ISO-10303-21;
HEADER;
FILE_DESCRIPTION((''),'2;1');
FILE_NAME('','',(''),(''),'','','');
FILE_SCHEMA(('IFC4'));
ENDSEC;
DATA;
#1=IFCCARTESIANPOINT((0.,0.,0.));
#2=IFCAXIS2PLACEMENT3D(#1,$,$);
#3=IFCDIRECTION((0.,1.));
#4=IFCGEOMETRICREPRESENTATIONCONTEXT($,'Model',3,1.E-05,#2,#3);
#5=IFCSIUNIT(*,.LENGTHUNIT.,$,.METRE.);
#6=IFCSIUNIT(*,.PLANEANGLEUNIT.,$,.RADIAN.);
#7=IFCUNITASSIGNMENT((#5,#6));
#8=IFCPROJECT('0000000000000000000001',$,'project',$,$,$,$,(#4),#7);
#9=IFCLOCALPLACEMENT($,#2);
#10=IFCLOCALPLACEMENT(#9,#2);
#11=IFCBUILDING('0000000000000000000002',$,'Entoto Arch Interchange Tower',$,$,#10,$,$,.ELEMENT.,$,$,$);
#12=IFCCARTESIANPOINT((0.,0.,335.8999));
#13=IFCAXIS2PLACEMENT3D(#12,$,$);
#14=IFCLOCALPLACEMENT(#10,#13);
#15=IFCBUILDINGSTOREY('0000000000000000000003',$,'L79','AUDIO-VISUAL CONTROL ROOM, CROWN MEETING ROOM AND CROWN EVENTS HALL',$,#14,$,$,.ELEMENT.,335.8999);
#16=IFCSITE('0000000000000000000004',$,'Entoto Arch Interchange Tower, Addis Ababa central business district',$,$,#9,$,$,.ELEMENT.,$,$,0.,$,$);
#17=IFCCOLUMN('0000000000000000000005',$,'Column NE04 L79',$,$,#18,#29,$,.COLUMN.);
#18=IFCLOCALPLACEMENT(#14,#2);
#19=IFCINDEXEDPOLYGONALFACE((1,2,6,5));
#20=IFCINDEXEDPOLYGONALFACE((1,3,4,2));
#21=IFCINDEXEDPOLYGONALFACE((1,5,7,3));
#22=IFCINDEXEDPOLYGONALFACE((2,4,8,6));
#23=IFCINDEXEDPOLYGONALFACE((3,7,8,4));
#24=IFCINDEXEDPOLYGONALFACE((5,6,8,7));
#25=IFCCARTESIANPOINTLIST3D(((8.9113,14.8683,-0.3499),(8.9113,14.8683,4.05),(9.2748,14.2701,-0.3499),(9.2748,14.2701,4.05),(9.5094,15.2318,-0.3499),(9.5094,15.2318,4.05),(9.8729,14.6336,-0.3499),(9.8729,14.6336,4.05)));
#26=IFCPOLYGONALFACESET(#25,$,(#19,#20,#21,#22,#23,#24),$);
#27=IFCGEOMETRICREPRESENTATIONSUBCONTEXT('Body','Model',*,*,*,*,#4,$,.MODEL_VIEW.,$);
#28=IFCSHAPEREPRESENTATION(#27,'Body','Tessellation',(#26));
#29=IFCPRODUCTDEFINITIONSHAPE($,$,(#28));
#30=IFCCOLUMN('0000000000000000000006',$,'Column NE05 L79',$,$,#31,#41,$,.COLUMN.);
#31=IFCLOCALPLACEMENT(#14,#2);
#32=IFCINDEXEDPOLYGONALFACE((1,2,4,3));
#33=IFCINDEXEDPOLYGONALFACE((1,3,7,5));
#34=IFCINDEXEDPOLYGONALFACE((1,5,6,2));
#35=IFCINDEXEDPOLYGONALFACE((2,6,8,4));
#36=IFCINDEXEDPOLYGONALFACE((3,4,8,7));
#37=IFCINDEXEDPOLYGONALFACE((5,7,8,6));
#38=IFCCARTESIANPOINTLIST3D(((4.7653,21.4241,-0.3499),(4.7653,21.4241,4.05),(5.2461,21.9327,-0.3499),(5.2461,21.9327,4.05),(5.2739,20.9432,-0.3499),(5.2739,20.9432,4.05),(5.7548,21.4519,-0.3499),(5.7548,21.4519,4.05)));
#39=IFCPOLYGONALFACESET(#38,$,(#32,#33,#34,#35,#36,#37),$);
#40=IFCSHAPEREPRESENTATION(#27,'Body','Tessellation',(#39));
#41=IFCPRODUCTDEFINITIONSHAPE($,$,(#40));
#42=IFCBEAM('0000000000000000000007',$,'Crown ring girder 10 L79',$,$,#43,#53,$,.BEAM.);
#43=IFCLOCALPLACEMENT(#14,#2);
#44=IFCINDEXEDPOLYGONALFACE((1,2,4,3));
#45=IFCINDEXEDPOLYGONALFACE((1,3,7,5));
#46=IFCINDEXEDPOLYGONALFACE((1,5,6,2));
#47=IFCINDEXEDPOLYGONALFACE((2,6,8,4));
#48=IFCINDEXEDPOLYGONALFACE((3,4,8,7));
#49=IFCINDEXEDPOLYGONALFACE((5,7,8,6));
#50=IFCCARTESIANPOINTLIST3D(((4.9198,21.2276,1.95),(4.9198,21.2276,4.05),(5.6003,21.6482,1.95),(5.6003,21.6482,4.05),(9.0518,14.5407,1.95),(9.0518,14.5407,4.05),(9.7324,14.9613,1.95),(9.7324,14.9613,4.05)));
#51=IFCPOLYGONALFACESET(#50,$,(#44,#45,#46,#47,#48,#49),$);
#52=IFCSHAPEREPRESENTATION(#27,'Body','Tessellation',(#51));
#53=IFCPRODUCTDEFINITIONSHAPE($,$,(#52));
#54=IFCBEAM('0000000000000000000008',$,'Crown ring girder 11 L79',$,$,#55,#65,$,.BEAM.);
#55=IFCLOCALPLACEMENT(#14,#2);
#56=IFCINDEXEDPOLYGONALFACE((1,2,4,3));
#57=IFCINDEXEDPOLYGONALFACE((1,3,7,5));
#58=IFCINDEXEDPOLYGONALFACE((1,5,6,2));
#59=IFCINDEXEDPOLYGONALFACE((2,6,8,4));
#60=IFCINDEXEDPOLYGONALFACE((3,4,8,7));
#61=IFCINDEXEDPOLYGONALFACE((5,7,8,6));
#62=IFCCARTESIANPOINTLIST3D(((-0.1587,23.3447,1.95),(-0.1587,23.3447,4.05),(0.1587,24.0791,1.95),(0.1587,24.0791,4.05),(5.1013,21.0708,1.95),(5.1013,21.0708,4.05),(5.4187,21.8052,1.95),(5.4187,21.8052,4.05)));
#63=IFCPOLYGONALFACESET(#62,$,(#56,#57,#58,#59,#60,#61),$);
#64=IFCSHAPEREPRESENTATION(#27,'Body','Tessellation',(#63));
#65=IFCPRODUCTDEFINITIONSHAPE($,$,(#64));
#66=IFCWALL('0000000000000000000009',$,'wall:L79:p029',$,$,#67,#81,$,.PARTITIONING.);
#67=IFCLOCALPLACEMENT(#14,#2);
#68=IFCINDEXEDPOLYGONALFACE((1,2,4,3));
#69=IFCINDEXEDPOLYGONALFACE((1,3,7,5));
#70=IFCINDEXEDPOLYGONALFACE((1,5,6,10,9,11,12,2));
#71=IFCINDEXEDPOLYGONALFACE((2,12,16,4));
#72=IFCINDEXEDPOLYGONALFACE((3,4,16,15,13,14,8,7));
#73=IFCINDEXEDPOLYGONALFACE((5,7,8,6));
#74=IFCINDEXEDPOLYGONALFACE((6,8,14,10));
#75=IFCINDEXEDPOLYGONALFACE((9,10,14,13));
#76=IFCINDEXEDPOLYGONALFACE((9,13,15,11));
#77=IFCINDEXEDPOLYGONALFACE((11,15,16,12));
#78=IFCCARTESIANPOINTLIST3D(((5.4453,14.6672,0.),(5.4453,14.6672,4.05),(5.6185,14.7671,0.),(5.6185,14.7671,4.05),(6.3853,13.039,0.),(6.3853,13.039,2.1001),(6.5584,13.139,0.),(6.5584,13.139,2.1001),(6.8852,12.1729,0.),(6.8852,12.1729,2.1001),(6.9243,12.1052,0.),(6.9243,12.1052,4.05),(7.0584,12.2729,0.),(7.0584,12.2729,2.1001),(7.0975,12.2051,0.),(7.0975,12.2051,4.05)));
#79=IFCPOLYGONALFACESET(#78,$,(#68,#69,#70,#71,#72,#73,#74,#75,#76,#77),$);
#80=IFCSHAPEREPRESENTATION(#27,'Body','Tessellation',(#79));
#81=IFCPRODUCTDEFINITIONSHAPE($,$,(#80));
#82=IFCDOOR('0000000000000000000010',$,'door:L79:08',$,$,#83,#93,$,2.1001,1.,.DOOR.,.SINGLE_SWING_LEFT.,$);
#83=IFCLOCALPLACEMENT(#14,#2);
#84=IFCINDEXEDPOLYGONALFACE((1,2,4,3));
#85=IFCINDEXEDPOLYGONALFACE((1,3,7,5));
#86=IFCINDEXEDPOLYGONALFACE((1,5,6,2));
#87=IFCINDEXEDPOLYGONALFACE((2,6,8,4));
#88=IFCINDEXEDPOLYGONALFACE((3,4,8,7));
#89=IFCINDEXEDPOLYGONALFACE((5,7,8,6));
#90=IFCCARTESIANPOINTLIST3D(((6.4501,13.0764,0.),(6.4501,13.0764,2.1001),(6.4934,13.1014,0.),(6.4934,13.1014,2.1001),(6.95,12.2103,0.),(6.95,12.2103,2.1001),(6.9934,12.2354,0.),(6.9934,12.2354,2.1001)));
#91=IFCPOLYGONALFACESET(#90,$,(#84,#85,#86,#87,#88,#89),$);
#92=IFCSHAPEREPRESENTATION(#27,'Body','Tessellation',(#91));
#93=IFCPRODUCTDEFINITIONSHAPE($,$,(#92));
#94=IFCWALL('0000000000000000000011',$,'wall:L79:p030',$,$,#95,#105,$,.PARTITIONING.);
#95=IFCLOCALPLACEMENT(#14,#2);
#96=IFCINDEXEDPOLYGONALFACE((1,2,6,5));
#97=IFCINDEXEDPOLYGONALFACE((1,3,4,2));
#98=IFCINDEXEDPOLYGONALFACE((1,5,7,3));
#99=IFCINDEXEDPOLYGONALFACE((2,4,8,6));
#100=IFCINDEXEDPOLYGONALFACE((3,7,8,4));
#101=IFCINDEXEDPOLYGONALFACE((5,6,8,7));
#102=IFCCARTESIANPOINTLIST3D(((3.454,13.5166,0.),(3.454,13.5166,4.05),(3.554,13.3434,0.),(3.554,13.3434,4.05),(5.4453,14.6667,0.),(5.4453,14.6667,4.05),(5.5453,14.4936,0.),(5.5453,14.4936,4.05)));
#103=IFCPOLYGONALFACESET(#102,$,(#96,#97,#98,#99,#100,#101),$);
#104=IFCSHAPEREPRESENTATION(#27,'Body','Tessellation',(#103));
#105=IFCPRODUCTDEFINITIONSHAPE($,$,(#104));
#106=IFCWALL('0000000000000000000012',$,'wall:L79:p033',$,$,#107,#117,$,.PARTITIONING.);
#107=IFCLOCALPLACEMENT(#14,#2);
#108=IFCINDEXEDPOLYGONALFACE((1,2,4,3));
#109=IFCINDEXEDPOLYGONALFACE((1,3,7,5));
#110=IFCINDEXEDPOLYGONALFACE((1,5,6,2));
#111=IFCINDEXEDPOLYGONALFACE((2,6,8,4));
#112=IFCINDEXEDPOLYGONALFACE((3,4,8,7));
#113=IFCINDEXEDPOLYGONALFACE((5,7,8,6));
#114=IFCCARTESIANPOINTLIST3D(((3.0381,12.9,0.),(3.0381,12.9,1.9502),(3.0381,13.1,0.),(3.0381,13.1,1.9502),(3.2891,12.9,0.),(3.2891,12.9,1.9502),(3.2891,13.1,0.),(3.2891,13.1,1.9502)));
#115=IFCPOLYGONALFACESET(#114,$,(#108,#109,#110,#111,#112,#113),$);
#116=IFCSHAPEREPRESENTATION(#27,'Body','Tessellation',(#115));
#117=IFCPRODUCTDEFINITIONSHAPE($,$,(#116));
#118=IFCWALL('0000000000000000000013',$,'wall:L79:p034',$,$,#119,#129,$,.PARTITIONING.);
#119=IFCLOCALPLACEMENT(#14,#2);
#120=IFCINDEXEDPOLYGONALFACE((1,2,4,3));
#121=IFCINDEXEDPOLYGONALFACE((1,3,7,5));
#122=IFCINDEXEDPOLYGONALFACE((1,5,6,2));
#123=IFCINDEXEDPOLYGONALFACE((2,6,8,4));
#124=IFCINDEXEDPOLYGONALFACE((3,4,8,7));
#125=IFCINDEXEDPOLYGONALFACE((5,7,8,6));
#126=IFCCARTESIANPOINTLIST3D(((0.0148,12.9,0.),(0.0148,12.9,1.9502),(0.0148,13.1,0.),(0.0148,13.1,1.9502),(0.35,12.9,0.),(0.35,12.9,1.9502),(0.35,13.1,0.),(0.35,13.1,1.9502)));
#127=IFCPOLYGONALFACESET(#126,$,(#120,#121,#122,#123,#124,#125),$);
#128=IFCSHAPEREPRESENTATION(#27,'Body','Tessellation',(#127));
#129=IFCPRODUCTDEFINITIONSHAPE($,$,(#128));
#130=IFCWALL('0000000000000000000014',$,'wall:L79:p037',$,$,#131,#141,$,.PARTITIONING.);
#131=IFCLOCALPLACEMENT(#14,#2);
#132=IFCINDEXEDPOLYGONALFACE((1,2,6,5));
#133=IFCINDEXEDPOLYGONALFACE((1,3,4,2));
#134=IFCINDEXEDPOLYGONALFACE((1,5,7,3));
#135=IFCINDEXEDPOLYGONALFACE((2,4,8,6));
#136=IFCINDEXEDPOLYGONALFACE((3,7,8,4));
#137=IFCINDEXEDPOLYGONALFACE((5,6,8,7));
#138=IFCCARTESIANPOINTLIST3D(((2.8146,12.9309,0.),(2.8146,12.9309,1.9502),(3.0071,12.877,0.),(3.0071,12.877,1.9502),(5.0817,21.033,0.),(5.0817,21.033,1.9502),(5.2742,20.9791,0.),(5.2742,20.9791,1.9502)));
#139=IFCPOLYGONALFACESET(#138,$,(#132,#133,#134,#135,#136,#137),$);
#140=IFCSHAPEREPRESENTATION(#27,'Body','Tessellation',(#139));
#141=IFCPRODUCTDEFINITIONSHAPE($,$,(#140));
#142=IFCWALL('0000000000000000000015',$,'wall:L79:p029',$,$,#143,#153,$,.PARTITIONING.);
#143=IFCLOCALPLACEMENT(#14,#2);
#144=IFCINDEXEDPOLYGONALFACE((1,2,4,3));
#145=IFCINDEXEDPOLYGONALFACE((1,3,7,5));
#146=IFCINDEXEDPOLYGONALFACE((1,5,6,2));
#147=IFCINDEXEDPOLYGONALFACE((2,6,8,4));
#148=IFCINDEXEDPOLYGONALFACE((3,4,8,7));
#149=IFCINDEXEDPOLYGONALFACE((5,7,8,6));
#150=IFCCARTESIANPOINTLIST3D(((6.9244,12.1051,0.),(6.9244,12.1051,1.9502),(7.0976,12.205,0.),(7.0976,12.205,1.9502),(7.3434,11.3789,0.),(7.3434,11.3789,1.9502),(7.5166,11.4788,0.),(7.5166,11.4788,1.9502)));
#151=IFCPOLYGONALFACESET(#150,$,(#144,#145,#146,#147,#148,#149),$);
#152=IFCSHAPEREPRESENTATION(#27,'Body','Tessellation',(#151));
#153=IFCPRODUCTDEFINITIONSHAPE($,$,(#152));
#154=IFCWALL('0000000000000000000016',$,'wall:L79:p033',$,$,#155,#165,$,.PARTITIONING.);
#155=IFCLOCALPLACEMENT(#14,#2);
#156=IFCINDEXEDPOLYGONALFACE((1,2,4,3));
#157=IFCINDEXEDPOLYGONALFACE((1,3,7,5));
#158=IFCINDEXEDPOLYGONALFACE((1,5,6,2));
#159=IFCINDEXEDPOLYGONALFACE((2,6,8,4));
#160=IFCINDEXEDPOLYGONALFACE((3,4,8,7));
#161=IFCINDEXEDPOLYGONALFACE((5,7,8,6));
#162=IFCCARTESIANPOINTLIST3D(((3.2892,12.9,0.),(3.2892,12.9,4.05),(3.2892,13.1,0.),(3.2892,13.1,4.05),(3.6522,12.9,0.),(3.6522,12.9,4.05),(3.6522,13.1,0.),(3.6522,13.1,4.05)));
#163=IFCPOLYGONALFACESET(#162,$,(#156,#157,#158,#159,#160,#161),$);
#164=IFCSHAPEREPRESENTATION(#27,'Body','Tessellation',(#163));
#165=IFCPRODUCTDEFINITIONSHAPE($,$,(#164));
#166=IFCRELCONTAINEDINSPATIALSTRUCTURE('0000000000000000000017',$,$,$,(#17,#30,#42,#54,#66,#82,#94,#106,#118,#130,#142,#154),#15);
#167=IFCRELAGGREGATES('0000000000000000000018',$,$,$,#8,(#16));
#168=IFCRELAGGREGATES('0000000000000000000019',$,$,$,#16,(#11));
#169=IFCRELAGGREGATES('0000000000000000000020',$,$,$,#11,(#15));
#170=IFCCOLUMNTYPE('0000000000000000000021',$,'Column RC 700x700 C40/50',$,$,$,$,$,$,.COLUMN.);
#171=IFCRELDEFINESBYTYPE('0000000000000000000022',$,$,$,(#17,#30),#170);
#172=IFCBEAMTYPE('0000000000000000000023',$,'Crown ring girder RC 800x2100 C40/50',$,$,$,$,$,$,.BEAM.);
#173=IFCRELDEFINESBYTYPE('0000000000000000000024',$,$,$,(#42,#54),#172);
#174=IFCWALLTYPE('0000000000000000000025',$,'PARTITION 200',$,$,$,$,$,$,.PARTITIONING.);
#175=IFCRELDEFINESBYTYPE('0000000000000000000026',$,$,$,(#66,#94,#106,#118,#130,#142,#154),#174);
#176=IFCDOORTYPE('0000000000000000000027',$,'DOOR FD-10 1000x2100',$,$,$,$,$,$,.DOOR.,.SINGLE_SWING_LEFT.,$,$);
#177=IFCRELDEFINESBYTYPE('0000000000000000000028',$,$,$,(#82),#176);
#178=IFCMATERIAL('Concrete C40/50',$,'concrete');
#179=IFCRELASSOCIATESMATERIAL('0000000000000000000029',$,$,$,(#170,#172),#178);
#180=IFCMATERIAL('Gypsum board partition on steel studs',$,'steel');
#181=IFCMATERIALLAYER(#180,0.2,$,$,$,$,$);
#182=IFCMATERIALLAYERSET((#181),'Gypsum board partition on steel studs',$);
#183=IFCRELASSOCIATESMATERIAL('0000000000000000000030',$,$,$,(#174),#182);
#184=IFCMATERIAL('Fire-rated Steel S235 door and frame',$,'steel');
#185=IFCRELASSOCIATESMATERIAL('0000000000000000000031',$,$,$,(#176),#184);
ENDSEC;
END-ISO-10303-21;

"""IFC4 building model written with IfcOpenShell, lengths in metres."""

from ifc_helpers import new_model, si_unit, direction, frame, frame_2d, origin, origin_2d, place, context, subcontext, project, spatial, rectangle, extrude, material, layer, layer_set, material_profile, profile_set, type_object, element, fill, save


model = new_model("IFC4")

# Units and contexts
model_context = context("Model", 3, precision=1e-05, world=origin(), true_north=direction((0.0, 1.0)))
body_context = subcontext(model_context, "Body", "Model", "MODEL_VIEW")
ifc_project = project(units=[si_unit("LENGTHUNIT", "METRE"), si_unit("PLANEANGLEUNIT", "RADIAN")], contexts=[model_context])

# Site, building, storey
site_placement = place(None, origin())
site = spatial("IfcSite", under=ifc_project, at=site_placement, Name="Entoto Arch Interchange Tower, Addis Ababa central business district", CompositionType="ELEMENT", RefElevation=0.0)
building_placement = place(site_placement, origin())
building = spatial("IfcBuilding", under=site, at=building_placement, Name="Entoto Arch Interchange Tower", CompositionType="ELEMENT")
storey_placement = place(building_placement, frame((0.0, 0.0, 335.8999)))
storey = spatial("IfcBuildingStorey", under=building, at=storey_placement, Name="L79", Description="AUDIO-VISUAL CONTROL ROOM, CROWN MEETING ROOM AND CROWN EVENTS HALL", CompositionType="ELEMENT", Elevation=335.8999)

# Columns
ifc_material_1 = material(Name="Concrete C40/50", Category="concrete")
ifc_material_profile_1 = material_profile(ifc_material_1, rectangle(XDim=0.7, YDim=0.7, at=origin_2d()))
ifc_profile_set_1 = profile_set([ifc_material_profile_1], Name="Concrete C40/50")
column_type = type_object("IfcColumnType", Name="Column RC 700x700 C40/50", PredefinedType="COLUMN", material=ifc_profile_set_1)
for number, where, z_axis, x_axis, name in (
    (1, (9.3921, 14.751, -0.3499), (0.0, 0.0, 1.0), (-0.51931, 0.854586, 0.0), "Column NE04 L79"),
    (2, (5.26, 21.438, -0.3499), (0.0, 0.0, 1.0), (-0.726659, 0.686999, 0.0), "Column NE05 L79"),
):
    element("IfcColumn", number, at=place(storey_placement, frame(where, z_axis=z_axis, x_axis=x_axis)), inside=storey, type_object=column_type, Name=name, PredefinedType="COLUMN", context=body_context, shape_type="SweptSolid", body=[
        extrude(rectangle(XDim=0.7, YDim=0.7, at=origin_2d()), origin(), (0.0, 0.0, 1.0), 4.3999),
    ])

# Beams
ifc_material_profile_2 = material_profile(ifc_material_1, rectangle(XDim=0.8, YDim=2.1001, at=origin_2d()))
ifc_profile_set_2 = profile_set([ifc_material_profile_2], Name="Concrete C40/50")
beam_type = type_object("IfcBeamType", Name="Crown ring girder RC 800x2100 C40/50", PredefinedType="BEAM", material=ifc_profile_set_2)
beam_1_placement = place(storey_placement, frame((9.3921, 14.751, 3.0), z_axis=(-0.525665, 0.850692, 0.0), x_axis=(-0.850692, -0.525665, 0.0)))
element("IfcBeam", 3, at=beam_1_placement, inside=storey, type_object=beam_type, Name="Crown ring girder 10 L79", PredefinedType="BEAM", context=body_context, shape_type="SweptSolid", body=[
    extrude(rectangle(XDim=0.8, YDim=2.1001, at=origin_2d()), origin(), (0.0, 0.0, 1.0), 7.8606),
])
beam_2_placement = place(storey_placement, frame((5.26, 21.438, 3.0), z_axis=(-0.9179, 0.396812, 0.0), x_axis=(-0.396812, -0.9179, 0.0)))
element("IfcBeam", 4, at=beam_2_placement, inside=storey, type_object=beam_type, Name="Crown ring girder 11 L79", PredefinedType="BEAM", context=body_context, shape_type="SweptSolid", body=[
    extrude(rectangle(XDim=0.8, YDim=2.1001, at=origin_2d()), origin(), (0.0, 0.0, 1.0), 5.7305),
])

# Wall, opening, door
ifc_material_2 = material(Name="Gypsum board partition on steel studs", Category="steel")
ifc_layer_1 = layer(ifc_material_2, 0.2)
ifc_layer_set_1 = layer_set([ifc_layer_1], Name="Gypsum board partition on steel studs")
wall_type_1 = type_object("IfcWallType", Name="PARTITION 200", PredefinedType="PARTITIONING", material=ifc_layer_set_1)
wall_1_placement = place(storey_placement, frame((5.532, 14.717, 0.0), z_axis=(0.0, 0.0, 1.0), x_axis=(0.499956, -0.866051, 0.0)))
wall_1 = element("IfcWall", 5, at=wall_1_placement, inside=storey, type_object=wall_type_1, Name="wall:L79:p029", PredefinedType="PARTITIONING", context=body_context, shape_type="SweptSolid", body=[
    extrude(rectangle(XDim=2.9583, YDim=0.2, at=frame_2d((1.479, 0.0))), origin(), (0.0, 0.0, 1.0), 4.05),
])
opening_1_placement = place(wall_1_placement, frame((1.8799, 0.0, 0.0)))
opening_1 = element("IfcOpeningElement", 6, at=opening_1_placement, cuts=wall_1, PredefinedType="OPENING", context=body_context, shape_type="SweptSolid", body=[
    extrude(rectangle(XDim=1.0, YDim=2.1001, at=frame_2d((0.5, 1.05))), frame((0.0, 0.1099, 0.0), z_axis=(0.0, -1.0, 0.0), x_axis=(1.0, 0.0, 0.0)), (0.0, 0.0, 1.0), 0.22),
])
ifc_material_3 = material(Name="Fire-rated Steel S235 door and frame", Category="steel")
door_type_1 = type_object("IfcDoorType", Name="DOOR FD-10 1000x2100", OperationType="SINGLE_SWING_LEFT", PredefinedType="DOOR", material=ifc_material_3)
door_1_placement = place(opening_1_placement, origin())
door_1 = element("IfcDoor", 7, at=door_1_placement, inside=storey, type_object=door_type_1, Name="door:L79:08", OperationType="SINGLE_SWING_LEFT", OverallHeight=2.1001, OverallWidth=1.0, PredefinedType="DOOR", context=body_context, shape_type="SweptSolid", body=[
    extrude(rectangle(XDim=1.0, YDim=2.1001, at=frame_2d((0.5, 1.05))), frame((0.0, 0.0249, 0.0), z_axis=(0.0, -1.0, 0.0), x_axis=(1.0, 0.0, 0.0)), (0.0, 0.0, 1.0), 0.05),
])
fill(opening_1, door_1)

# Walls
wall_2_placement = place(storey_placement, frame((3.5039, 13.4299, 0.0), z_axis=(0.0, 0.0, 1.0), x_axis=(0.865927, 0.50017, 0.0)))
element("IfcWall", 8, at=wall_2_placement, inside=storey, type_object=wall_type_1, Name="wall:L79:p030", PredefinedType="PARTITIONING", context=body_context, shape_type="SweptSolid", body=[
    extrude(rectangle(XDim=2.2996, YDim=0.2, at=frame_2d((1.1499, 0.0))), origin(), (0.0, 0.0, 1.0), 4.05),
])
wall_3_placement = place(storey_placement, frame((3.0381, 13.0, 0.0), z_axis=(0.0, 0.0, 1.0), x_axis=(1.0, 0.0, 0.0)))
element("IfcWall", 9, at=wall_3_placement, inside=storey, type_object=wall_type_1, Name="wall:L79:p033", PredefinedType="PARTITIONING", context=body_context, shape_type="SweptSolid", body=[
    extrude(rectangle(XDim=0.251, YDim=0.2, at=frame_2d((0.1255, 0.0))), origin(), (0.0, 0.0, 1.0), 1.9502),
])
wall_4_placement = place(storey_placement, frame((0.0149, 13.0, 0.0), z_axis=(0.0, 0.0, 1.0), x_axis=(1.0, 0.0, 0.0)))
element("IfcWall", 10, at=wall_4_placement, inside=storey, type_object=wall_type_1, Name="wall:L79:p034", PredefinedType="PARTITIONING", context=body_context, shape_type="SweptSolid", body=[
    extrude(rectangle(XDim=0.3352, YDim=0.2, at=frame_2d((0.1675, 0.0))), origin(), (0.0, 0.0, 1.0), 1.9502),
])
wall_5_placement = place(storey_placement, frame((2.9109, 12.9041, 0.0), z_axis=(0.0, 0.0, 1.0), x_axis=(0.269466, 0.96301, 0.0)))
element("IfcWall", 11, at=wall_5_placement, inside=storey, type_object=wall_type_1, Name="wall:L79:p037", PredefinedType="PARTITIONING", context=body_context, shape_type="SweptSolid", body=[
    extrude(rectangle(XDim=8.4133, YDim=0.2, at=frame_2d((4.2065, 0.0))), origin(), (0.0, 0.0, 1.0), 1.9502),
])
wall_6_placement = place(storey_placement, frame((7.011, 12.155, 0.0), z_axis=(0.0, 0.0, 1.0), x_axis=(0.499773, -0.866156, 0.0)))
element("IfcWall", 12, at=wall_6_placement, inside=storey, type_object=wall_type_1, Name="wall:L79:p029", PredefinedType="PARTITIONING", context=body_context, shape_type="SweptSolid", body=[
    extrude(rectangle(XDim=0.8384, YDim=0.2, at=frame_2d((0.4192, 0.0))), origin(), (0.0, 0.0, 1.0), 1.9502),
])
wall_7_placement = place(storey_placement, frame((3.2891, 13.0, 0.0), z_axis=(0.0, 0.0, 1.0), x_axis=(1.0, 0.0, 0.0)))
element("IfcWall", 13, at=wall_7_placement, inside=storey, type_object=wall_type_1, Name="wall:L79:p033", PredefinedType="PARTITIONING", context=body_context, shape_type="SweptSolid", body=[
    extrude(rectangle(XDim=0.363, YDim=0.2, at=frame_2d((0.1816, 0.0))), origin(), (0.0, 0.0, 1.0), 4.05),
])

save(model, "model.ifc")
